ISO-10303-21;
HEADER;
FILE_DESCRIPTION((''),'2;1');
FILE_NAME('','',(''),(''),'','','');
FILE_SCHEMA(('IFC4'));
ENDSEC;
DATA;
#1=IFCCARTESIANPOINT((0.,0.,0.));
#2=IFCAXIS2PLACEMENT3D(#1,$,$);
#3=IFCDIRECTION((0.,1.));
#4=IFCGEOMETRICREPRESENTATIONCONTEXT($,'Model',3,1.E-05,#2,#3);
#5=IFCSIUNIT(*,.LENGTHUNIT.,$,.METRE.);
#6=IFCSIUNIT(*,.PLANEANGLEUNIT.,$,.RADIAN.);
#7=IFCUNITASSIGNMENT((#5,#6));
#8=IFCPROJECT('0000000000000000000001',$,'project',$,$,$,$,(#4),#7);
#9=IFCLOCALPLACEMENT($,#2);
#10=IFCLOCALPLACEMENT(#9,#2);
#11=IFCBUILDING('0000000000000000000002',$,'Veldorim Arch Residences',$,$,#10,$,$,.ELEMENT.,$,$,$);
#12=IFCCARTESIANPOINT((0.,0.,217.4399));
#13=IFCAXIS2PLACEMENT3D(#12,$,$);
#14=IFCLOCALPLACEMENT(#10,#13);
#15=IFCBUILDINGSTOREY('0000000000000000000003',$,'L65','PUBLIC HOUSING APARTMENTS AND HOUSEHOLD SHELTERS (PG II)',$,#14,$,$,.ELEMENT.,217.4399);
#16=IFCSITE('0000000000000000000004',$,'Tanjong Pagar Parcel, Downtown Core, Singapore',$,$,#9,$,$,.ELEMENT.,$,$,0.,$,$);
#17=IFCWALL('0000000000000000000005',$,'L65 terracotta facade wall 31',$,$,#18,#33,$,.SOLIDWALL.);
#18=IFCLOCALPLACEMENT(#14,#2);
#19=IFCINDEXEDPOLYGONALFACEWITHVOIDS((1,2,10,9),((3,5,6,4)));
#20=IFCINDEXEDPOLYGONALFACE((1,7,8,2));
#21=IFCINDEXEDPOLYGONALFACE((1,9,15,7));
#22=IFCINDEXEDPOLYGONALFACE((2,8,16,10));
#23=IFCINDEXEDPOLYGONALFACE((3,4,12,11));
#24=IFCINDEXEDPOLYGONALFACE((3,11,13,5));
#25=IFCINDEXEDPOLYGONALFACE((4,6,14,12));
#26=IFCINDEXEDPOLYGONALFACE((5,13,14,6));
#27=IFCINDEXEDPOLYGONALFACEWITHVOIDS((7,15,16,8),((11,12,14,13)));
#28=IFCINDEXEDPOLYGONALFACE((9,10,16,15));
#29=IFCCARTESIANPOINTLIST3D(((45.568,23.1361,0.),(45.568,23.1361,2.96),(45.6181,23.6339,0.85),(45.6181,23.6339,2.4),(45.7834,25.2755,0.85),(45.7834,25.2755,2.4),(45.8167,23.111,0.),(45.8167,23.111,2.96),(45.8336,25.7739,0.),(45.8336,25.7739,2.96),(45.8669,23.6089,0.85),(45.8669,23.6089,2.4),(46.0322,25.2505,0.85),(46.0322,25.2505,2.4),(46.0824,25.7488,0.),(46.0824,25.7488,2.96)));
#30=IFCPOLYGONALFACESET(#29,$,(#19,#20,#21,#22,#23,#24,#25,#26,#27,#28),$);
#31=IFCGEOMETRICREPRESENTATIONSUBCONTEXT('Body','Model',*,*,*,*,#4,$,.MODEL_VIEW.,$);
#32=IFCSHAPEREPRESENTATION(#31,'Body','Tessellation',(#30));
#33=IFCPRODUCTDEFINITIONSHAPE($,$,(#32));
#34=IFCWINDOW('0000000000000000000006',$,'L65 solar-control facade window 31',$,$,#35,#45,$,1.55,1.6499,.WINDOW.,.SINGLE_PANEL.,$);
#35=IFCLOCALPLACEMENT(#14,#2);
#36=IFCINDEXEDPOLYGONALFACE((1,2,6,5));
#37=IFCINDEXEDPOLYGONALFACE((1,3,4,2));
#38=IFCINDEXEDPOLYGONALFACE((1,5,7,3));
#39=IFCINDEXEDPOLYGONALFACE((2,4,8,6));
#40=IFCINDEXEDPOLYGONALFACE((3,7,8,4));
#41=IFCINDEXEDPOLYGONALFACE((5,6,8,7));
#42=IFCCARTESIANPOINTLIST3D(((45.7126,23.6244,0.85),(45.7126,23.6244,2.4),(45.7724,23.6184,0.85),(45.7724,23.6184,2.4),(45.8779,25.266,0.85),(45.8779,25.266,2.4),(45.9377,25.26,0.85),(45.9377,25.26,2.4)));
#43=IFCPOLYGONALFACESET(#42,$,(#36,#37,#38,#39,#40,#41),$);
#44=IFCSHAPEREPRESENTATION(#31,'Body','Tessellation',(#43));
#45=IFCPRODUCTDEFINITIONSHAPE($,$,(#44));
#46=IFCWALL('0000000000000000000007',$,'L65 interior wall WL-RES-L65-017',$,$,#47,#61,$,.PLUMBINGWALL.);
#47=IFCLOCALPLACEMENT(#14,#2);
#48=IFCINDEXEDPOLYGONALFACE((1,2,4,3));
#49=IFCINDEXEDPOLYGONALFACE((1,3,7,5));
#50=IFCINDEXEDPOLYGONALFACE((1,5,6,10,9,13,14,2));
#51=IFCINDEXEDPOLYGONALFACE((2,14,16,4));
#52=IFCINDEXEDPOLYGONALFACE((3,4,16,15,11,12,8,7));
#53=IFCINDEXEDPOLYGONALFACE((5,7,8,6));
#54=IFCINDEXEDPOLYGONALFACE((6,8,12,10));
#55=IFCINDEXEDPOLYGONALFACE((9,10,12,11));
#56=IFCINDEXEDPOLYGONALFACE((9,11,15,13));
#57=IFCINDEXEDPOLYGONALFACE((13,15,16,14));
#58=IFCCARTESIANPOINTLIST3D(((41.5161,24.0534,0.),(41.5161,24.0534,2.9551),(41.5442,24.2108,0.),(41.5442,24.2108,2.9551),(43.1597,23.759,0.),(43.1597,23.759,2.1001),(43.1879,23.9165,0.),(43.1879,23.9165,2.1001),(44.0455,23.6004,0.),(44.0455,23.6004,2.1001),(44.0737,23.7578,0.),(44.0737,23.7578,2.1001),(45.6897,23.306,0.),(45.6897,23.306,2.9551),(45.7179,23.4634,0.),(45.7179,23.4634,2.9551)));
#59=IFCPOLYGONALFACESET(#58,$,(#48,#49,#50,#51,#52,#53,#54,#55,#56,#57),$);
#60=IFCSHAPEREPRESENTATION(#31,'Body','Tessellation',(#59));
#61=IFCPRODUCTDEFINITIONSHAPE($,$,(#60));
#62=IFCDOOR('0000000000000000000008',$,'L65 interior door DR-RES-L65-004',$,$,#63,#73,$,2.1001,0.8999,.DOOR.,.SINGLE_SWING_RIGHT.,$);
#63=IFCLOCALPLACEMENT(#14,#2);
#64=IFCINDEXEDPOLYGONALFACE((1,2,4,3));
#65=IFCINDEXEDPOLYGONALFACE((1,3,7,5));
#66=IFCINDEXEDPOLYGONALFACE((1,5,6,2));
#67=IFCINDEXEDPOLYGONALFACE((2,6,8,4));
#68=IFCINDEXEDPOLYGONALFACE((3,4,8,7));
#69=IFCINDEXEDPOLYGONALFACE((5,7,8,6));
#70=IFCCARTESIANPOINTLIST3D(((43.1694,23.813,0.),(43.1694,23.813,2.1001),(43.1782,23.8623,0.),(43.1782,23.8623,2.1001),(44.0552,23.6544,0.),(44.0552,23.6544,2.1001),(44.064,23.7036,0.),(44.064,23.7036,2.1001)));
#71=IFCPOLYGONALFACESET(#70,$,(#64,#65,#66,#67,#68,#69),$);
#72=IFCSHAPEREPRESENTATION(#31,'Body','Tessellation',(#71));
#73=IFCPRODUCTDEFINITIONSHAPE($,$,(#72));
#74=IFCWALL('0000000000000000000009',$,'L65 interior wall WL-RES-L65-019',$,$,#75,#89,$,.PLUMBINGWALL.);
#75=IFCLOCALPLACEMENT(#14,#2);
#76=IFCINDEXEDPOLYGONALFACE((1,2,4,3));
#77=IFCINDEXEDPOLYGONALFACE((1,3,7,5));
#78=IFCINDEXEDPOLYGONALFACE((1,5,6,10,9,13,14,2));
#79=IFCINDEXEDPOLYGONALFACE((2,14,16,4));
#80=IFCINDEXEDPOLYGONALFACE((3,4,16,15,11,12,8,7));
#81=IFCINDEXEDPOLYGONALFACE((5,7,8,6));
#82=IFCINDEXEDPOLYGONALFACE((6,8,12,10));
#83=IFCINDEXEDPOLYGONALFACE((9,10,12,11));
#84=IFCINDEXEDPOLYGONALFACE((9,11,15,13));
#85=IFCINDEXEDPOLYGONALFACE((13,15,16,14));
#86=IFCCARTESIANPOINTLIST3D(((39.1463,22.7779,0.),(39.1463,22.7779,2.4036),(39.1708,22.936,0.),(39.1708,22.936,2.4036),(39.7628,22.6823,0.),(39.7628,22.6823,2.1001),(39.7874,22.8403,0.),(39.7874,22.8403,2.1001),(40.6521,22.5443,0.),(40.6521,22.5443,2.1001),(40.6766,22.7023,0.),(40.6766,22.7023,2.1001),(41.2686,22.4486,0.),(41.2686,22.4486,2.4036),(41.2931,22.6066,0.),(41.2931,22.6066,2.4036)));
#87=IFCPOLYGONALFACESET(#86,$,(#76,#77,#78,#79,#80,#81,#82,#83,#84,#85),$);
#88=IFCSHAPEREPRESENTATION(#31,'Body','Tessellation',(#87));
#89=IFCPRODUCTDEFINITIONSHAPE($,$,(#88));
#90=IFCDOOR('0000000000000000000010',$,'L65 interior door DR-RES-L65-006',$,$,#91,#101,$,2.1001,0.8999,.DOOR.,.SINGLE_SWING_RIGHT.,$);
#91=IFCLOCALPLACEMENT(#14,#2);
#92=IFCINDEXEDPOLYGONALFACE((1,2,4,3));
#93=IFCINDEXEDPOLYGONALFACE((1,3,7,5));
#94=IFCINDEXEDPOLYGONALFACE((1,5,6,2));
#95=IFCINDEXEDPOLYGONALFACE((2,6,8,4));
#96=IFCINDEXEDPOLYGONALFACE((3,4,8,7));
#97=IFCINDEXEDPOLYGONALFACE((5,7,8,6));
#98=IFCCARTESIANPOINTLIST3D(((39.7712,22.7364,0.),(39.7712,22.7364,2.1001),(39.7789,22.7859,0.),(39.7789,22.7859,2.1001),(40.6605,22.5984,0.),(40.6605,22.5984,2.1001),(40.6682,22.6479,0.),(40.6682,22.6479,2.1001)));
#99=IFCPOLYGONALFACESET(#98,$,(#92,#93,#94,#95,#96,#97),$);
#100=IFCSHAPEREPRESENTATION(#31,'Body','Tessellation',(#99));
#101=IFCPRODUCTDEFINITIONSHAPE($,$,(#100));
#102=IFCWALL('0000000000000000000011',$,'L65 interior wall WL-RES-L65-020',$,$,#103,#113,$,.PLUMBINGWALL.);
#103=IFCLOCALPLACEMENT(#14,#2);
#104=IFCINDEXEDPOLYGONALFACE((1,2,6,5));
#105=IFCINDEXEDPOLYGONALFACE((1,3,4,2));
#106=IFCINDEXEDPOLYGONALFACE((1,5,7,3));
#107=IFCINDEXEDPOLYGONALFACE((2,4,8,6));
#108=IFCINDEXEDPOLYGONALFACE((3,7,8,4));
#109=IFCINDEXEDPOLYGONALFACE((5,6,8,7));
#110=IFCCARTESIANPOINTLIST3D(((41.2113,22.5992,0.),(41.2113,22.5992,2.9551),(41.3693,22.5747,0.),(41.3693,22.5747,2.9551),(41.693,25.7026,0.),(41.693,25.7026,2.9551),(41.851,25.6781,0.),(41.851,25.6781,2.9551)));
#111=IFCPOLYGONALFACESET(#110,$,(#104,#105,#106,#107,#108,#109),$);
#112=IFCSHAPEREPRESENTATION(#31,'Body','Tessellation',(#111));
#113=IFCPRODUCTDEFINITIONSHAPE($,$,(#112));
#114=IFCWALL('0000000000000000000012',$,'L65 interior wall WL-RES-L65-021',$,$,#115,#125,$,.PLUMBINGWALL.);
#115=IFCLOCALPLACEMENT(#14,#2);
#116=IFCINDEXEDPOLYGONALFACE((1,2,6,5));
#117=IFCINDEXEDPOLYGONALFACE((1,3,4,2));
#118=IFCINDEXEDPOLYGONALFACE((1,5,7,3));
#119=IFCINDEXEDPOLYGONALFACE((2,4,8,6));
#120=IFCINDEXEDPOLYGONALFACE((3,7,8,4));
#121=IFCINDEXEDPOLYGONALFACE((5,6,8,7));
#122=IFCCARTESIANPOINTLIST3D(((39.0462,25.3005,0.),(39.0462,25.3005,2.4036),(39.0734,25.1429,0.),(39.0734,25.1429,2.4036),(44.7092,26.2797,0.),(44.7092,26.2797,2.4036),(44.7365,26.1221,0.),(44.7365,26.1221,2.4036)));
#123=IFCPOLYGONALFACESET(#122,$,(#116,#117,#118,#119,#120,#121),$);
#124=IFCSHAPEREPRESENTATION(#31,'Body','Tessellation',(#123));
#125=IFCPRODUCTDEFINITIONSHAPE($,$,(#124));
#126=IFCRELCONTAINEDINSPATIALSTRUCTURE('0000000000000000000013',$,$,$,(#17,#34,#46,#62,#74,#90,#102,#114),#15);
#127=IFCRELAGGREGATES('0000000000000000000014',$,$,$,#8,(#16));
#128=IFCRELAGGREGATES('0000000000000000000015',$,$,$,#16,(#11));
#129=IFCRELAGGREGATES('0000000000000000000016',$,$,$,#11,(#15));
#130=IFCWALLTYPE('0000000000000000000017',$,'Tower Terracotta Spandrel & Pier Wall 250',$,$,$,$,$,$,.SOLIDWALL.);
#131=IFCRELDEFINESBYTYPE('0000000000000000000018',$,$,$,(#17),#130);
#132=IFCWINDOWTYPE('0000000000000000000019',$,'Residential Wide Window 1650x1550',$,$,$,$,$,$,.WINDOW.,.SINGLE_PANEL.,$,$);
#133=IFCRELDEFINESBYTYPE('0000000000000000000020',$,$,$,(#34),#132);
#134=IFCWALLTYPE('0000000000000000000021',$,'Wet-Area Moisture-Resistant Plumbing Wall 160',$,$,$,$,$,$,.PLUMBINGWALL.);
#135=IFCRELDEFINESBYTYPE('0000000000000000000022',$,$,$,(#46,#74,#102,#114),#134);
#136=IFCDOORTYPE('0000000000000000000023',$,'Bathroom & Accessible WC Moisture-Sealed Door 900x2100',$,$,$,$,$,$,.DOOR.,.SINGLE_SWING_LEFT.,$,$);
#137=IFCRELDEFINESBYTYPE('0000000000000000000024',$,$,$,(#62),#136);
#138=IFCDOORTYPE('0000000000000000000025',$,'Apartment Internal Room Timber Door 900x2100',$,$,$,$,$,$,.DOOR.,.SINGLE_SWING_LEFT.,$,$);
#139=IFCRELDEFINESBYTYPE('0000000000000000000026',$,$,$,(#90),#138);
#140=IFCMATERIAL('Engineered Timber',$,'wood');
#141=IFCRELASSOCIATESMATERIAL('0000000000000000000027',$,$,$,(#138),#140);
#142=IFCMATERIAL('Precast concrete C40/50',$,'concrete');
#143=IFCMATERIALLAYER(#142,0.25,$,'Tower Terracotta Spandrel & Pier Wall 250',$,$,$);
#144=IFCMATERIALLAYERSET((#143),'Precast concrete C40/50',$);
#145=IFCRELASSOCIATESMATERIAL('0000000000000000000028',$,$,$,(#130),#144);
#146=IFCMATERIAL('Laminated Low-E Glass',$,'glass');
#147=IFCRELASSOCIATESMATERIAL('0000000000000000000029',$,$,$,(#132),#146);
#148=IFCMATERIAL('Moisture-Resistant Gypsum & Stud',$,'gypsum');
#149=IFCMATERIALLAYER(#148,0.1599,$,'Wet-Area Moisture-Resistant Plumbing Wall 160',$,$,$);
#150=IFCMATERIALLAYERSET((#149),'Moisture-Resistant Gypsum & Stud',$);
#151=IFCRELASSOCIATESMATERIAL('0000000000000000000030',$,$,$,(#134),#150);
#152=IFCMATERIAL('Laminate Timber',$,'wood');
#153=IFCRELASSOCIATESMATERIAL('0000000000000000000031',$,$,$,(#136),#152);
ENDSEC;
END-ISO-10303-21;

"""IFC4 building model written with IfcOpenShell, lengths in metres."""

from ifc_helpers import new_model, si_unit, direction, frame, frame_2d, origin, place, context, subcontext, project, spatial, rectangle, extrude, material, layer, layer_set, type_object, element, fill, save


model = new_model("IFC4")

# Units and contexts
model_context = context("Model", 3, precision=1e-05, world=origin(), true_north=direction((0.0, 1.0)))
body_context = subcontext(model_context, "Body", "Model", "MODEL_VIEW")
ifc_project = project(units=[si_unit("LENGTHUNIT", "METRE"), si_unit("PLANEANGLEUNIT", "RADIAN")], contexts=[model_context])

# Site, building, storey
site_placement = place(None, origin())
site = spatial("IfcSite", under=ifc_project, at=site_placement, Name="Tanjong Pagar Parcel, Downtown Core, Singapore", CompositionType="ELEMENT", RefElevation=0.0)
building_placement = place(site_placement, origin())
building = spatial("IfcBuilding", under=site, at=building_placement, Name="Veldorim Arch Residences", CompositionType="ELEMENT")
storey_placement = place(building_placement, frame((0.0, 0.0, 217.4399)))
storey = spatial("IfcBuildingStorey", under=building, at=storey_placement, Name="L65", Description="PUBLIC HOUSING APARTMENTS AND HOUSEHOLD SHELTERS (PG II)", CompositionType="ELEMENT", Elevation=217.4399)

# Shared definitions
ifc_material_1 = material(Name="Engineered Timber", Category="wood")
door_type_1 = type_object("IfcDoorType", Name="Apartment Internal Room Timber Door 900x2100", OperationType="SINGLE_SWING_LEFT", PredefinedType="DOOR", material=ifc_material_1)

# Shared definitions
ifc_material_2 = material(Name="Precast concrete C40/50", Category="concrete")
ifc_layer_1 = layer(ifc_material_2, 0.25, Name="Tower Terracotta Spandrel & Pier Wall 250")
ifc_layer_set_1 = layer_set([ifc_layer_1], Name="Precast concrete C40/50")
wall_type_1 = type_object("IfcWallType", Name="Tower Terracotta Spandrel & Pier Wall 250", PredefinedType="SOLIDWALL", material=ifc_layer_set_1)

# Wall, opening, window
wall_1_placement = place(storey_placement, frame((45.958, 25.7615, 0.0), z_axis=(0.0, 0.0, 1.0), x_axis=(-0.100197, -0.994968, 0.0)))
wall_1 = element("IfcWall", 1, at=wall_1_placement, inside=storey, type_object=wall_type_1, Name="L65 terracotta facade wall 31", PredefinedType="SOLIDWALL", context=body_context, shape_type="SweptSolid", body=[
    extrude(rectangle(XDim=2.6511, YDim=0.25, at=frame_2d((1.3257, 0.0))), origin(), (0.0, 0.0, 1.0), 2.96),
])
opening_1_placement = place(wall_1_placement, frame((0.501, 0.0, 0.8501)))
opening_1 = element("IfcOpeningElement", 2, at=opening_1_placement, cuts=wall_1, PredefinedType="OPENING", context=body_context, shape_type="SweptSolid", body=[
    extrude(rectangle(XDim=1.6499, YDim=1.55, at=frame_2d((0.825, 0.7749))), frame((0.0, 0.135, 0.0), z_axis=(0.0, -1.0, 0.0), x_axis=(1.0, 0.0, 0.0)), (0.0, 0.0, 1.0), 0.27),
])
ifc_material_3 = material(Name="Laminated Low-E Glass", Category="glass")
window_type = type_object("IfcWindowType", Name="Residential Wide Window 1650x1550", PartitioningType="SINGLE_PANEL", PredefinedType="WINDOW", material=ifc_material_3)
window_placement = place(opening_1_placement, origin())
window = element("IfcWindow", 3, at=window_placement, inside=storey, type_object=window_type, Name="L65 solar-control facade window 31", OverallHeight=1.55, OverallWidth=1.6499, PartitioningType="SINGLE_PANEL", PredefinedType="WINDOW", context=body_context, shape_type="SweptSolid", body=[
    extrude(rectangle(XDim=1.6499, YDim=1.55, at=frame_2d((0.825, 0.7749))), frame((0.0, 0.03, 0.0), z_axis=(0.0, -1.0, 0.0), x_axis=(1.0, 0.0, 0.0)), (0.0, 0.0, 1.0), 0.0601),
])
fill(opening_1, window)

# Walls, openings, doors
ifc_material_4 = material(Name="Moisture-Resistant Gypsum & Stud", Category="gypsum")
ifc_layer_2 = layer(ifc_material_4, 0.1599, Name="Wet-Area Moisture-Resistant Plumbing Wall 160")
ifc_layer_set_2 = layer_set([ifc_layer_2], Name="Moisture-Resistant Gypsum & Stud")
wall_type_2 = type_object("IfcWallType", Name="Wet-Area Moisture-Resistant Plumbing Wall 160", PredefinedType="PLUMBINGWALL", material=ifc_layer_set_2)
wall_2_placement = place(storey_placement, frame((41.53, 24.1321, 0.0), z_axis=(0.0, 0.0, 1.0), x_axis=(0.984345, -0.176255, 0.0)))
wall_2 = element("IfcWall", 4, at=wall_2_placement, inside=storey, type_object=wall_type_2, Name="L65 interior wall WL-RES-L65-017", PredefinedType="PLUMBINGWALL", context=body_context, shape_type="SweptSolid", body=[
    extrude(rectangle(XDim=4.24, YDim=0.1599, at=frame_2d((2.1201, 0.0))), origin(), (0.0, 0.0, 1.0), 2.9551),
])
opening_2_placement = place(wall_2_placement, frame((1.6699, 0.0, 0.0)))
opening_2 = element("IfcOpeningElement", 5, at=opening_2_placement, cuts=wall_2, PredefinedType="OPENING", context=body_context, shape_type="SweptSolid", body=[
    extrude(rectangle(XDim=0.8999, YDim=2.1001, at=frame_2d((0.45, 1.05))), frame((0.0, 0.0898, 0.0), z_axis=(0.0, -1.0, 0.0), x_axis=(1.0, 0.0, 0.0)), (0.0, 0.0, 1.0), 0.1799),
])
ifc_material_5 = material(Name="Laminate Timber", Category="wood")
door_type_2 = type_object("IfcDoorType", Name="Bathroom & Accessible WC Moisture-Sealed Door 900x2100", OperationType="SINGLE_SWING_LEFT", PredefinedType="DOOR", material=ifc_material_5)
door_1_placement = place(opening_2_placement, origin())
door_1 = element("IfcDoor", 6, at=door_1_placement, inside=storey, type_object=door_type_2, Name="L65 interior door DR-RES-L65-004", OperationType="SINGLE_SWING_RIGHT", OverallHeight=2.1001, OverallWidth=0.8999, PredefinedType="DOOR", context=body_context, shape_type="SweptSolid", body=[
    extrude(rectangle(XDim=0.8999, YDim=2.1001, at=frame_2d((0.45, 1.05))), frame((0.0, 0.0249, 0.0), z_axis=(0.0, -1.0, 0.0), x_axis=(1.0, 0.0, 0.0)), (0.0, 0.0, 1.0), 0.05),
])
fill(opening_2, door_1)
wall_3_placement = place(storey_placement, frame((39.1587, 22.8569, 0.0), z_axis=(0.0, 0.0, 1.0), x_axis=(0.988172, -0.153347, 0.0)))
wall_3 = element("IfcWall", 7, at=wall_3_placement, inside=storey, type_object=wall_type_2, Name="L65 interior wall WL-RES-L65-019", PredefinedType="PLUMBINGWALL", context=body_context, shape_type="SweptSolid", body=[
    extrude(rectangle(XDim=2.1477, YDim=0.1599, at=frame_2d((1.0737, 0.0))), origin(), (0.0, 0.0, 1.0), 2.4036),
])
opening_3_placement = place(wall_3_placement, frame((0.6238, 0.0, 0.0)))
opening_3 = element("IfcOpeningElement", 8, at=opening_3_placement, cuts=wall_3, PredefinedType="OPENING", context=body_context, shape_type="SweptSolid", body=[
    extrude(rectangle(XDim=0.8999, YDim=2.1001, at=frame_2d((0.45, 1.05))), frame((0.0, 0.0898, 0.0), z_axis=(0.0, -1.0, 0.0), x_axis=(1.0, 0.0, 0.0)), (0.0, 0.0, 1.0), 0.1799),
])
door_2_placement = place(opening_3_placement, origin())
door_2 = element("IfcDoor", 9, at=door_2_placement, inside=storey, type_object=door_type_1, Name="L65 interior door DR-RES-L65-006", OperationType="SINGLE_SWING_RIGHT", OverallHeight=2.1001, OverallWidth=0.8999, PredefinedType="DOOR", context=body_context, shape_type="SweptSolid", body=[
    extrude(rectangle(XDim=0.8999, YDim=2.1001, at=frame_2d((0.45, 1.05))), frame((0.0, 0.0249, 0.0), z_axis=(0.0, -1.0, 0.0), x_axis=(1.0, 0.0, 0.0)), (0.0, 0.0, 1.0), 0.05),
])
fill(opening_3, door_2)

# Walls
wall_4_placement = place(storey_placement, frame((41.2903, 22.5869, 0.0), z_axis=(0.0, 0.0, 1.0), x_axis=(0.153371, 0.988169, 0.0)))
element("IfcWall", 10, at=wall_4_placement, inside=storey, type_object=wall_type_2, Name="L65 interior wall WL-RES-L65-020", PredefinedType="PLUMBINGWALL", context=body_context, shape_type="SweptSolid", body=[
    extrude(rectangle(XDim=3.1406, YDim=0.1599, at=frame_2d((1.5703, 0.0))), origin(), (0.0, 0.0, 1.0), 2.9551),
])
wall_5_placement = place(storey_placement, frame((39.0598, 25.2217, 0.0), z_axis=(0.0, 0.0, 1.0), x_axis=(0.985377, 0.170389, 0.0)))
element("IfcWall", 11, at=wall_5_placement, inside=storey, type_object=wall_type_2, Name="L65 interior wall WL-RES-L65-021", PredefinedType="PLUMBINGWALL", context=body_context, shape_type="SweptSolid", body=[
    extrude(rectangle(XDim=5.7471, YDim=0.1599, at=frame_2d((2.8735, 0.0))), origin(), (0.0, 0.0, 1.0), 2.4036),
])

save(model, "model.ifc")
